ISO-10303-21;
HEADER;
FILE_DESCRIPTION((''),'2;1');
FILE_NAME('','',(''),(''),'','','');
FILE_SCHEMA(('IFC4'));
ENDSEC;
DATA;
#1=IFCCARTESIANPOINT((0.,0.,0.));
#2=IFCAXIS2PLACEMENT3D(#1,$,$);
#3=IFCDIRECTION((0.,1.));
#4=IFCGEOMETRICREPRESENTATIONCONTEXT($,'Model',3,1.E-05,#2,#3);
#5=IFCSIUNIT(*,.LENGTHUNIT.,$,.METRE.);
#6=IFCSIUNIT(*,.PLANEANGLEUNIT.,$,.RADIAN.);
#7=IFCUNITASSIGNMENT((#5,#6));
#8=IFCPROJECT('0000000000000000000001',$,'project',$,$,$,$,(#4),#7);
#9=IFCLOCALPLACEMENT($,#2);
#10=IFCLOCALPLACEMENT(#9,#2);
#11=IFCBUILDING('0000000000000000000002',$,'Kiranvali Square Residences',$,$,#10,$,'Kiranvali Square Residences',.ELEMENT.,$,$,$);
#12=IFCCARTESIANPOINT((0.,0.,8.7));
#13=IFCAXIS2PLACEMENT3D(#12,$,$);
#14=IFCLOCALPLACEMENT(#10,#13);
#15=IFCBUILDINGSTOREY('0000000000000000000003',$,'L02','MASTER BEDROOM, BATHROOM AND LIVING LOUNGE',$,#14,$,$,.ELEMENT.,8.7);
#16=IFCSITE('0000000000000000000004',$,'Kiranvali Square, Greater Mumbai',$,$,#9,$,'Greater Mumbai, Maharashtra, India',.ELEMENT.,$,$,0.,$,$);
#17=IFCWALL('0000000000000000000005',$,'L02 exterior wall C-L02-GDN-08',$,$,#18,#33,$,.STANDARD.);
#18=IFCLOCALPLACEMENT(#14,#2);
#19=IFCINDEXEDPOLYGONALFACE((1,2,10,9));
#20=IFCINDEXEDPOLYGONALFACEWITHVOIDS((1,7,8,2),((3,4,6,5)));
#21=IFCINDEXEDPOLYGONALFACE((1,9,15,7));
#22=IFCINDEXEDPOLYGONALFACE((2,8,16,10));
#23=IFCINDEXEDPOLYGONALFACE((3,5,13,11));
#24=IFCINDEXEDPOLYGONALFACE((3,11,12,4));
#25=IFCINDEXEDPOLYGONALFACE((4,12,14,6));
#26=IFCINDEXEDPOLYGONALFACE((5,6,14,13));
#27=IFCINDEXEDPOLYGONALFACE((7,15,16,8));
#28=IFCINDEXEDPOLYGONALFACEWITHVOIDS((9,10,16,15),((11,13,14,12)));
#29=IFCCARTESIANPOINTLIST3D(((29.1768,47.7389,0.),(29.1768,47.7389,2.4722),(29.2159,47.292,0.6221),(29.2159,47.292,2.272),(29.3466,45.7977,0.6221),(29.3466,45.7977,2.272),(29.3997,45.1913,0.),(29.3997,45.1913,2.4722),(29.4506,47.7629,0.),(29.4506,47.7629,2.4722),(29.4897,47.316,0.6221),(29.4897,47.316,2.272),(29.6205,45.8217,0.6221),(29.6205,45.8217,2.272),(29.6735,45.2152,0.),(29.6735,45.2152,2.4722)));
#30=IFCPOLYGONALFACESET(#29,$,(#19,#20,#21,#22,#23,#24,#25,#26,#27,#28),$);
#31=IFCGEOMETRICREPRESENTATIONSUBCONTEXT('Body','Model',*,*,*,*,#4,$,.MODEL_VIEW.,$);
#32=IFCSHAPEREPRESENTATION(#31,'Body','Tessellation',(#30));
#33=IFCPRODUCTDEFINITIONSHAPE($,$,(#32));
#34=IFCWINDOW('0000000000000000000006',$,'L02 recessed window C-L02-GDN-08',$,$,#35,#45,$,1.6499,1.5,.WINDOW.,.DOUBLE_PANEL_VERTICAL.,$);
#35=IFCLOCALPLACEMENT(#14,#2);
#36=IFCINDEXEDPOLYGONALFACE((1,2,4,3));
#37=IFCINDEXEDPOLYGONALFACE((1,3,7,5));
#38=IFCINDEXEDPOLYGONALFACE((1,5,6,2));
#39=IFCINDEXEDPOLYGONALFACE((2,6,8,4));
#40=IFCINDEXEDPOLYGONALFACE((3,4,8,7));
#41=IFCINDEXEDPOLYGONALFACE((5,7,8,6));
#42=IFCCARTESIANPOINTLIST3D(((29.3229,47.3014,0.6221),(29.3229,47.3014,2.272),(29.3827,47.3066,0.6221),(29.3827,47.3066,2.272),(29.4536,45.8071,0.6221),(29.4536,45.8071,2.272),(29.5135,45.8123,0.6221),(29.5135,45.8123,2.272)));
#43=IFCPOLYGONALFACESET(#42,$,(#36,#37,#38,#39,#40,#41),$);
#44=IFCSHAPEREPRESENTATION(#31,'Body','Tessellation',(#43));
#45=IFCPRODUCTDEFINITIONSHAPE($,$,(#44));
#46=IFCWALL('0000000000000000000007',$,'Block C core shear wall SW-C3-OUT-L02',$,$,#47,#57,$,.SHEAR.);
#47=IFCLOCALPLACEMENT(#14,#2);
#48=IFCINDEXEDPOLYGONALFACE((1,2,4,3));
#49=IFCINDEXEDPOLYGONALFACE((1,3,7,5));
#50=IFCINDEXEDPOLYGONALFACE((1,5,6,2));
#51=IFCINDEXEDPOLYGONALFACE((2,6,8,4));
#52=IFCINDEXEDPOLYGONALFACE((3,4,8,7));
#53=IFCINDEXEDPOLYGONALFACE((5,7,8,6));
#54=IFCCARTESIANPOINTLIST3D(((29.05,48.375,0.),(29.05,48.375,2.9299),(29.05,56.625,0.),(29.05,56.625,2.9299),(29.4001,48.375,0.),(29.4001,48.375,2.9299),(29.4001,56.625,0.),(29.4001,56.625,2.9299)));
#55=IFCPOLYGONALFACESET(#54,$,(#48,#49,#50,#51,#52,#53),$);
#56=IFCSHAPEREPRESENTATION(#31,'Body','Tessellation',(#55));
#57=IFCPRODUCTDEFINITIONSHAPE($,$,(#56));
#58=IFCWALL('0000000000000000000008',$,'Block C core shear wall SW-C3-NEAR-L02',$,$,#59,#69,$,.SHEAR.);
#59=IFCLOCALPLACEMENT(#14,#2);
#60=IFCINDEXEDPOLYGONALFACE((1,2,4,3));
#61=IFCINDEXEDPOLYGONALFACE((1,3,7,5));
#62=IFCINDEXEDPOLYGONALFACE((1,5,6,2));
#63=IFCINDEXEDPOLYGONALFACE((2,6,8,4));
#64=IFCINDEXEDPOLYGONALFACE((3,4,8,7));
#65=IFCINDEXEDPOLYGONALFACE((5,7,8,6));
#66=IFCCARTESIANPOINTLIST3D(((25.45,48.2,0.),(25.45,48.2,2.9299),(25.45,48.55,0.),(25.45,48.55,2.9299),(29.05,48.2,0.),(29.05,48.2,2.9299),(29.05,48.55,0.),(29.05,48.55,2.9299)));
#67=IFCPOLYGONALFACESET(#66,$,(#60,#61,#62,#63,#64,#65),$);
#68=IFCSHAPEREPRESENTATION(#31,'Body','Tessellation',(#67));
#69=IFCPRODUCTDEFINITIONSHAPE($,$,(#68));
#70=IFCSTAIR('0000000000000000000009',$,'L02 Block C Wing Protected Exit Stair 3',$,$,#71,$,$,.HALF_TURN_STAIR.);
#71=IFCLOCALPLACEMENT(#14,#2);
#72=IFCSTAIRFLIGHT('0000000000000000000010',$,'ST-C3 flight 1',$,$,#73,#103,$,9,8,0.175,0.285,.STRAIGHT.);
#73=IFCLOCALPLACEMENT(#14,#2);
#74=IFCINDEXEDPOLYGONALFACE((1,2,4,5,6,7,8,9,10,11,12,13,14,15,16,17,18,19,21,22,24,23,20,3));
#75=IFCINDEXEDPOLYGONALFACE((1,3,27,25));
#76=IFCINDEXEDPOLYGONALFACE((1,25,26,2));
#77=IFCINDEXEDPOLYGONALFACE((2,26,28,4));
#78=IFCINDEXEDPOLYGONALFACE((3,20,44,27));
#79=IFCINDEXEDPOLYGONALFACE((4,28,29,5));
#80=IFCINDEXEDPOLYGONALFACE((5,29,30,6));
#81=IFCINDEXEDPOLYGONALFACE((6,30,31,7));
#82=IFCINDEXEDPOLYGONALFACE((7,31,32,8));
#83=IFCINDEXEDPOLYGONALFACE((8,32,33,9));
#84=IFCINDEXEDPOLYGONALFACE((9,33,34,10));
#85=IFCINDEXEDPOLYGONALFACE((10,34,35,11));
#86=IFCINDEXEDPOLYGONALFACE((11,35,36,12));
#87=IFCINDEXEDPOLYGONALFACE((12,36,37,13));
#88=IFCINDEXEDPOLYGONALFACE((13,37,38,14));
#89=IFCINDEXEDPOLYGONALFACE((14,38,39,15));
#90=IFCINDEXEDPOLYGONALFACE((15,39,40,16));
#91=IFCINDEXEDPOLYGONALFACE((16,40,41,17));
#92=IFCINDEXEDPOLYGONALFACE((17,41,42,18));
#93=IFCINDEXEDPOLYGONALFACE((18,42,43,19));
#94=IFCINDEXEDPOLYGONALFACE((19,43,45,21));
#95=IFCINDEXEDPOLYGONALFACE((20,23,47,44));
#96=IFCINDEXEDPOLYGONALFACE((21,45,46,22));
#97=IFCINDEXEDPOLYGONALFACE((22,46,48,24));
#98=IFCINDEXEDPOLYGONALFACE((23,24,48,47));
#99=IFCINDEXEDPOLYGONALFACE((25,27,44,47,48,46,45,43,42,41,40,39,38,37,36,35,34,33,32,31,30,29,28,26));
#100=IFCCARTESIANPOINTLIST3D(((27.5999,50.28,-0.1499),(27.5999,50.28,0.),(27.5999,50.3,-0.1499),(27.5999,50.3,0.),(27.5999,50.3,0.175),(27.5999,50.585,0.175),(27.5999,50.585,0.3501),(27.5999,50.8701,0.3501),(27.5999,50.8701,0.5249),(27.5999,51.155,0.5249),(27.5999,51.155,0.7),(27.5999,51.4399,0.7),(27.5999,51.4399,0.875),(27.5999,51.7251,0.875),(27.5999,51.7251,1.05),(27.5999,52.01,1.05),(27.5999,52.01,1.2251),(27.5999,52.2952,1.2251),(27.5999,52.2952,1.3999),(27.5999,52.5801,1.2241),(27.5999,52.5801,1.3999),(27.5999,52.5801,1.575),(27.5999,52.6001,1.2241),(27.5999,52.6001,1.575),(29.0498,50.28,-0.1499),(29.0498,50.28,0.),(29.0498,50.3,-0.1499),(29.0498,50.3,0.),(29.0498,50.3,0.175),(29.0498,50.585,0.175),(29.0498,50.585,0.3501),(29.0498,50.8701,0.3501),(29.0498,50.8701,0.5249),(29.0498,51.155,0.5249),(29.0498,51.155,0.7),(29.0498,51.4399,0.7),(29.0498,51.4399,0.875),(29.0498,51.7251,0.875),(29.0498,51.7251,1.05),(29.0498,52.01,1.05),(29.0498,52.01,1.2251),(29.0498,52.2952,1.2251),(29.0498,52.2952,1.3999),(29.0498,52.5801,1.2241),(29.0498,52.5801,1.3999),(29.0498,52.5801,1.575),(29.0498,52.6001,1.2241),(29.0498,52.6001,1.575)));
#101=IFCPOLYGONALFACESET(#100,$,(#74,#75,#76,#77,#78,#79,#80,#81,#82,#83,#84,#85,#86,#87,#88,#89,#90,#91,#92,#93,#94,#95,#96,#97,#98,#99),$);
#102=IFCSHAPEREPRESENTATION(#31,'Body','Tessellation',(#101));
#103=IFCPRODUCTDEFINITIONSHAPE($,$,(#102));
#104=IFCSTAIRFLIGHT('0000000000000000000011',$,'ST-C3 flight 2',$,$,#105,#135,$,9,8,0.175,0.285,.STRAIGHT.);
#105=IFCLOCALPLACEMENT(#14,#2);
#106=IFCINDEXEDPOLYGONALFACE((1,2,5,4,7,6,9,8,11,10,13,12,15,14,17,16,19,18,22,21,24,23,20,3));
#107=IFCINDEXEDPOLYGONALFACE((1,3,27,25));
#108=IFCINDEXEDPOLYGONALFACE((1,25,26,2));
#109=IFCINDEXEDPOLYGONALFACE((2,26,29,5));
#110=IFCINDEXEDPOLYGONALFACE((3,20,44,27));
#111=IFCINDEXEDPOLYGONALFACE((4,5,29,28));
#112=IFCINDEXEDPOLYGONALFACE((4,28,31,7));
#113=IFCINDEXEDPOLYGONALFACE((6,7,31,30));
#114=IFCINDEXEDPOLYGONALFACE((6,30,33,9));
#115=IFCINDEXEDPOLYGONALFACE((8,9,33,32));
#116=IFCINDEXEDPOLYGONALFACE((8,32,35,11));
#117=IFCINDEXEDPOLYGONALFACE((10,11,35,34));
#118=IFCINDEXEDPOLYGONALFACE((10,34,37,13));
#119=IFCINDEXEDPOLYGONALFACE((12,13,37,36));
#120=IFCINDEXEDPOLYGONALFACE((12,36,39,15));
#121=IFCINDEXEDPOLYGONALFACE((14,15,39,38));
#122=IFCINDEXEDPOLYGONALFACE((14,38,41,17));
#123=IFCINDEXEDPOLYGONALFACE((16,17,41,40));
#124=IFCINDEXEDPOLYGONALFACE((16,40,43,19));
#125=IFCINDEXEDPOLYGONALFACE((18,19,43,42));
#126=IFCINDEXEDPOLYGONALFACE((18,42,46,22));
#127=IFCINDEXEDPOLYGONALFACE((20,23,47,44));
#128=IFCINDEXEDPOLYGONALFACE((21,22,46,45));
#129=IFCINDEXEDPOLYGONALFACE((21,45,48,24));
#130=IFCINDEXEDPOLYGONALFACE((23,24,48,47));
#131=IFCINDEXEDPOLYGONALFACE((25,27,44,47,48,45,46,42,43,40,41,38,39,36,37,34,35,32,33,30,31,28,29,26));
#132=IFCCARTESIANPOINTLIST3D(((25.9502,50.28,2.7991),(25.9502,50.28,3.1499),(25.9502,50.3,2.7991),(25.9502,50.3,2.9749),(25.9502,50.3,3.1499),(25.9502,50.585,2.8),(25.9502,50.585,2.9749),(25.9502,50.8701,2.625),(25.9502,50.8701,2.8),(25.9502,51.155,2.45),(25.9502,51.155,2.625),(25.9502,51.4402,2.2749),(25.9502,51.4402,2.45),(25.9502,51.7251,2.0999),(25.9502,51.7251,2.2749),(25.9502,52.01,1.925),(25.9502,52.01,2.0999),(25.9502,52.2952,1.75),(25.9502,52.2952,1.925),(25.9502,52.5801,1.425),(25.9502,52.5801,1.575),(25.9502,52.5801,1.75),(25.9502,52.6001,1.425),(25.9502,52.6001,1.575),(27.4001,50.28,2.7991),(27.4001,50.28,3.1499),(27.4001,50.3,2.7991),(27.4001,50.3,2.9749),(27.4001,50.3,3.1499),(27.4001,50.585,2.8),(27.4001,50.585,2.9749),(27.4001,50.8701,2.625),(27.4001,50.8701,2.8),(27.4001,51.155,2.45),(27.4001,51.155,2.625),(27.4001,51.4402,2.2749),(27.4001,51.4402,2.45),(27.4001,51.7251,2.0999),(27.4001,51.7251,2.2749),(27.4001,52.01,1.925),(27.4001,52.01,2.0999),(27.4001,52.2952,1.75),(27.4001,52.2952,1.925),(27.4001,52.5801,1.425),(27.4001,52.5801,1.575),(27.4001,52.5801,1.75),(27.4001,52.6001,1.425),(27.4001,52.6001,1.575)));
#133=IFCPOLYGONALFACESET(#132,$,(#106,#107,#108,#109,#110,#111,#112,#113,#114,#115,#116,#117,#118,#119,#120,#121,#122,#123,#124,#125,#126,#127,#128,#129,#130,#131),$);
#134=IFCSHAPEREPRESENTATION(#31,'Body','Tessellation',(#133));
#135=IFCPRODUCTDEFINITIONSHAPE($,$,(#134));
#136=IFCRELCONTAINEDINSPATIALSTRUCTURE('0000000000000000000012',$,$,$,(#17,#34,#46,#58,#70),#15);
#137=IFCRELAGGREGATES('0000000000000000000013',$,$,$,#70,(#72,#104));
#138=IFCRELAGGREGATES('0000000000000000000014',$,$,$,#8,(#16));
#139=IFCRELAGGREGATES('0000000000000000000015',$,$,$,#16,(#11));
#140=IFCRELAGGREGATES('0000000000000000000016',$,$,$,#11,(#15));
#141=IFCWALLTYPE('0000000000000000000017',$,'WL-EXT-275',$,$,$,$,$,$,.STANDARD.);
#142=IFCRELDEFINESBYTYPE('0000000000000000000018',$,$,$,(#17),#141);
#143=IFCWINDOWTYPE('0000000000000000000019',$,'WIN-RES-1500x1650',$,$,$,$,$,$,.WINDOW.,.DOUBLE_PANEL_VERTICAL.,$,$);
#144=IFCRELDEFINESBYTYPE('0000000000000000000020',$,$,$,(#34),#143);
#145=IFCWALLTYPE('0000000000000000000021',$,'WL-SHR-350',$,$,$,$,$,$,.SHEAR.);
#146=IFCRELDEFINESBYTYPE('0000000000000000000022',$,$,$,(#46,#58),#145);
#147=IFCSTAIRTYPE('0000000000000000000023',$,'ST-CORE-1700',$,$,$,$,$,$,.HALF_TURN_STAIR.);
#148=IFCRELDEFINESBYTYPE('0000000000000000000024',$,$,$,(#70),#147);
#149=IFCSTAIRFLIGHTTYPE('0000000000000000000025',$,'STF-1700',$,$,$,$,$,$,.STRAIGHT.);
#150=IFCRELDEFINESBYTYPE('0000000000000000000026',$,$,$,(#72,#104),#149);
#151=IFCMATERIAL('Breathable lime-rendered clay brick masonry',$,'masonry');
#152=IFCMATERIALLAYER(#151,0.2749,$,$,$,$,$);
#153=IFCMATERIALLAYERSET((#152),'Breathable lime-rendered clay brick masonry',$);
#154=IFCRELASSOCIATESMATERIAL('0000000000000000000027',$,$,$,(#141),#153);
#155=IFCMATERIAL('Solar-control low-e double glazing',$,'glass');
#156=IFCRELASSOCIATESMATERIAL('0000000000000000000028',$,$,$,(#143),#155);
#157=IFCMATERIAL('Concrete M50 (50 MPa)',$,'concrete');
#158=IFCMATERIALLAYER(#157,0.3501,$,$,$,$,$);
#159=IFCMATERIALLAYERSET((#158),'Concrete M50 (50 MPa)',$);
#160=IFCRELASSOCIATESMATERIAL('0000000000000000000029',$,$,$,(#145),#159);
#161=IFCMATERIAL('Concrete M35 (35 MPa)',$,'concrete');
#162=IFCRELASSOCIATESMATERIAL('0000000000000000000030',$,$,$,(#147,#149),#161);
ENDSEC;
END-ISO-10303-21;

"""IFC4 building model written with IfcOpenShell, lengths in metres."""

from ifc_helpers import new_model, si_unit, direction, frame, frame_2d, origin, place, context, subcontext, project, spatial, polyline, rectangle, outline, extrude, material, layer, layer_set, type_object, element, fill, aggregate, save


model = new_model("IFC4")

# Units and contexts
model_context = context("Model", 3, precision=1e-05, world=origin(), true_north=direction((0.0, 1.0)))
body_context = subcontext(model_context, "Body", "Model", "MODEL_VIEW")
ifc_project = project(units=[si_unit("LENGTHUNIT", "METRE"), si_unit("PLANEANGLEUNIT", "RADIAN")], contexts=[model_context])

# Site, building, storey
site_placement = place(None, origin())
site = spatial("IfcSite", under=ifc_project, at=site_placement, Name="Kiranvali Square, Greater Mumbai", LongName="Greater Mumbai, Maharashtra, India", CompositionType="ELEMENT", RefElevation=0.0)
building_placement = place(site_placement, origin())
building = spatial("IfcBuilding", under=site, at=building_placement, Name="Kiranvali Square Residences", LongName="Kiranvali Square Residences", CompositionType="ELEMENT")
storey_placement = place(building_placement, frame((0.0, 0.0, 8.7)))
storey = spatial("IfcBuildingStorey", under=building, at=storey_placement, Name="L02", Description="MASTER BEDROOM, BATHROOM AND LIVING LOUNGE", CompositionType="ELEMENT", Elevation=8.7)

# Shared definitions
ifc_material_1 = material(Name="Concrete M50 (50 MPa)", Category="concrete")

# Wall, opening, window
ifc_material_2 = material(Name="Breathable lime-rendered clay brick masonry", Category="masonry")
ifc_layer_1 = layer(ifc_material_2, 0.2749)
ifc_layer_set_1 = layer_set([ifc_layer_1], Name="Breathable lime-rendered clay brick masonry")
wall_type_1 = type_object("IfcWallType", Name="WL-EXT-275", PredefinedType="STANDARD", material=ifc_layer_set_1)
wall_1_placement = place(storey_placement, frame((29.5366, 45.2031, 0.0), z_axis=(0.0, 0.0, 1.0), x_axis=(-0.087161, 0.996194, 0.0)))
wall_1 = element("IfcWall", 1, at=wall_1_placement, inside=storey, type_object=wall_type_1, Name="L02 exterior wall C-L02-GDN-08", PredefinedType="STANDARD", context=body_context, shape_type="SweptSolid", body=[
    extrude(rectangle(XDim=2.5574, YDim=0.2749, at=frame_2d((1.2788, 0.0))), origin(), (0.0, 0.0, 1.0), 2.4722),
])
opening_1_placement = place(wall_1_placement, frame((0.6089, 0.0, 0.6221)))
opening_1 = element("IfcOpeningElement", 2, at=opening_1_placement, cuts=wall_1, PredefinedType="OPENING", context=body_context, shape_type="SweptSolid", body=[
    extrude(rectangle(XDim=1.5, YDim=1.6499, at=frame_2d((0.75, 0.825))), frame((0.0, 0.1475, 0.0), z_axis=(0.0, -1.0, 0.0), x_axis=(1.0, 0.0, 0.0)), (0.0, 0.0, 1.0), 0.2949),
])
ifc_material_3 = material(Name="Solar-control low-e double glazing", Category="glass")
window_type = type_object("IfcWindowType", Name="WIN-RES-1500x1650", PartitioningType="DOUBLE_PANEL_VERTICAL", PredefinedType="WINDOW", material=ifc_material_3)
window_placement = place(opening_1_placement, origin())
window = element("IfcWindow", 3, at=window_placement, inside=storey, type_object=window_type, Name="L02 recessed window C-L02-GDN-08", OverallHeight=1.6499, OverallWidth=1.5, PartitioningType="DOUBLE_PANEL_VERTICAL", PredefinedType="WINDOW", context=body_context, shape_type="SweptSolid", body=[
    extrude(rectangle(XDim=1.5, YDim=1.6499, at=frame_2d((0.75, 0.825))), frame((0.0, 0.03, 0.0), z_axis=(0.0, -1.0, 0.0), x_axis=(1.0, 0.0, 0.0)), (0.0, 0.0, 1.0), 0.0601),
])
fill(opening_1, window)

# Wall
ifc_layer_2 = layer(ifc_material_1, 0.3501)
ifc_layer_set_2 = layer_set([ifc_layer_2], Name="Concrete M50 (50 MPa)")
wall_type_2 = type_object("IfcWallType", Name="WL-SHR-350", PredefinedType="SHEAR", material=ifc_layer_set_2)
wall_2_placement = place(storey_placement, frame((29.2251, 48.375, 0.0), z_axis=(0.0, 0.0, 1.0), x_axis=(0.0, 1.0, 0.0)))
element("IfcWall", 4, at=wall_2_placement, inside=storey, type_object=wall_type_2, Name="Block C core shear wall SW-C3-OUT-L02", PredefinedType="SHEAR", context=body_context, shape_type="SweptSolid", body=[
    extrude(rectangle(XDim=8.25, YDim=0.3501, at=frame_2d((4.125, 0.0))), origin(), (0.0, 0.0, 1.0), 2.9299),
])

# Wall
wall_3_placement = place(storey_placement, frame((29.05, 48.375, 0.0), z_axis=(0.0, 0.0, 1.0), x_axis=(-1.0, 0.0, 0.0)))
element("IfcWall", 5, at=wall_3_placement, inside=storey, type_object=wall_type_2, Name="Block C core shear wall SW-C3-NEAR-L02", PredefinedType="SHEAR", context=body_context, shape_type="SweptSolid", body=[
    extrude(rectangle(XDim=3.6001, YDim=0.3501, at=frame_2d((1.8, 0.0))), origin(), (0.0, 0.0, 1.0), 2.9299),
])

# Stair, stair flights
ifc_material_4 = material(Name="Concrete M35 (35 MPa)", Category="concrete")
stair_type = type_object("IfcStairType", Name="ST-CORE-1700", PredefinedType="HALF_TURN_STAIR", material=ifc_material_4)
stair_placement = place(storey_placement, origin())
stair = element("IfcStair", 6, at=stair_placement, inside=storey, type_object=stair_type, Name="L02 Block C Wing Protected Exit Stair 3", PredefinedType="HALF_TURN_STAIR")
stair_flight_type = type_object("IfcStairFlightType", Name="STF-1700", PredefinedType="STRAIGHT", material=ifc_material_4)
stair_flight_1_placement = place(storey_placement, frame((28.325, 50.3, 0.0), z_axis=(0.0, 0.0, 1.0), x_axis=(0.0, 1.0, 0.0)))
stair_flight_1 = element("IfcStairFlight", 7, at=stair_flight_1_placement, type_object=stair_flight_type, Name="ST-C3 flight 1", NumberOfRisers=9, NumberOfTreads=8, PredefinedType="STRAIGHT", RiserHeight=0.175, TreadLength=0.285, context=body_context, shape_type="SweptSolid", body=[
    extrude(outline(polyline([(-0.02, -0.1499), (-0.02, 0.0), (0.0, 0.0), (0.0, 0.175), (0.2849, 0.175), (0.2849, 0.3501), (0.5701, 0.3501), (0.5701, 0.5249), (0.855, 0.5249), (0.855, 0.7), (1.1399, 0.7), (1.1399, 0.875), (1.425, 0.875), (1.425, 1.05), (1.71, 1.05), (1.71, 1.2251), (1.9951, 1.2251), (1.9951, 1.3999), (2.28, 1.3999), (2.28, 1.575), (2.3, 1.575), (2.3, 1.2241), (2.28, 1.2241), (0.0, -0.1499), (-0.02, -0.1499)])), frame((0.0, 0.7251, 0.0), z_axis=(0.0, -1.0, 0.0), x_axis=(1.0, 0.0, 0.0)), (0.0, 0.0, 1.0), 1.45),
])
stair_flight_2_placement = place(storey_placement, frame((26.675, 52.5801, 1.575), z_axis=(0.0, 0.0, 1.0), x_axis=(0.0, -1.0, 0.0)))
stair_flight_2 = element("IfcStairFlight", 8, at=stair_flight_2_placement, type_object=stair_flight_type, Name="ST-C3 flight 2", NumberOfRisers=9, NumberOfTreads=8, PredefinedType="STRAIGHT", RiserHeight=0.175, TreadLength=0.285, context=body_context, shape_type="SweptSolid", body=[
    extrude(outline(polyline([(-0.02, -0.1499), (-0.02, 0.0), (0.0, 0.0), (0.0, 0.175), (0.2849, 0.175), (0.2849, 0.3501), (0.5701, 0.3501), (0.5701, 0.5249), (0.855, 0.5249), (0.855, 0.7), (1.1399, 0.7), (1.1399, 0.875), (1.425, 0.875), (1.425, 1.05), (1.71, 1.05), (1.71, 1.2251), (1.9951, 1.2251), (1.9951, 1.3999), (2.28, 1.3999), (2.28, 1.575), (2.3, 1.575), (2.3, 1.2241), (2.28, 1.2241), (0.0, -0.1499), (-0.02, -0.1499)])), frame((0.0, 0.7251, 0.0), z_axis=(0.0, -1.0, 0.0), x_axis=(1.0, 0.0, 0.0)), (0.0, 0.0, 1.0), 1.45),
])
aggregate(stair, [stair_flight_1, stair_flight_2])

save(model, "model.ifc")
